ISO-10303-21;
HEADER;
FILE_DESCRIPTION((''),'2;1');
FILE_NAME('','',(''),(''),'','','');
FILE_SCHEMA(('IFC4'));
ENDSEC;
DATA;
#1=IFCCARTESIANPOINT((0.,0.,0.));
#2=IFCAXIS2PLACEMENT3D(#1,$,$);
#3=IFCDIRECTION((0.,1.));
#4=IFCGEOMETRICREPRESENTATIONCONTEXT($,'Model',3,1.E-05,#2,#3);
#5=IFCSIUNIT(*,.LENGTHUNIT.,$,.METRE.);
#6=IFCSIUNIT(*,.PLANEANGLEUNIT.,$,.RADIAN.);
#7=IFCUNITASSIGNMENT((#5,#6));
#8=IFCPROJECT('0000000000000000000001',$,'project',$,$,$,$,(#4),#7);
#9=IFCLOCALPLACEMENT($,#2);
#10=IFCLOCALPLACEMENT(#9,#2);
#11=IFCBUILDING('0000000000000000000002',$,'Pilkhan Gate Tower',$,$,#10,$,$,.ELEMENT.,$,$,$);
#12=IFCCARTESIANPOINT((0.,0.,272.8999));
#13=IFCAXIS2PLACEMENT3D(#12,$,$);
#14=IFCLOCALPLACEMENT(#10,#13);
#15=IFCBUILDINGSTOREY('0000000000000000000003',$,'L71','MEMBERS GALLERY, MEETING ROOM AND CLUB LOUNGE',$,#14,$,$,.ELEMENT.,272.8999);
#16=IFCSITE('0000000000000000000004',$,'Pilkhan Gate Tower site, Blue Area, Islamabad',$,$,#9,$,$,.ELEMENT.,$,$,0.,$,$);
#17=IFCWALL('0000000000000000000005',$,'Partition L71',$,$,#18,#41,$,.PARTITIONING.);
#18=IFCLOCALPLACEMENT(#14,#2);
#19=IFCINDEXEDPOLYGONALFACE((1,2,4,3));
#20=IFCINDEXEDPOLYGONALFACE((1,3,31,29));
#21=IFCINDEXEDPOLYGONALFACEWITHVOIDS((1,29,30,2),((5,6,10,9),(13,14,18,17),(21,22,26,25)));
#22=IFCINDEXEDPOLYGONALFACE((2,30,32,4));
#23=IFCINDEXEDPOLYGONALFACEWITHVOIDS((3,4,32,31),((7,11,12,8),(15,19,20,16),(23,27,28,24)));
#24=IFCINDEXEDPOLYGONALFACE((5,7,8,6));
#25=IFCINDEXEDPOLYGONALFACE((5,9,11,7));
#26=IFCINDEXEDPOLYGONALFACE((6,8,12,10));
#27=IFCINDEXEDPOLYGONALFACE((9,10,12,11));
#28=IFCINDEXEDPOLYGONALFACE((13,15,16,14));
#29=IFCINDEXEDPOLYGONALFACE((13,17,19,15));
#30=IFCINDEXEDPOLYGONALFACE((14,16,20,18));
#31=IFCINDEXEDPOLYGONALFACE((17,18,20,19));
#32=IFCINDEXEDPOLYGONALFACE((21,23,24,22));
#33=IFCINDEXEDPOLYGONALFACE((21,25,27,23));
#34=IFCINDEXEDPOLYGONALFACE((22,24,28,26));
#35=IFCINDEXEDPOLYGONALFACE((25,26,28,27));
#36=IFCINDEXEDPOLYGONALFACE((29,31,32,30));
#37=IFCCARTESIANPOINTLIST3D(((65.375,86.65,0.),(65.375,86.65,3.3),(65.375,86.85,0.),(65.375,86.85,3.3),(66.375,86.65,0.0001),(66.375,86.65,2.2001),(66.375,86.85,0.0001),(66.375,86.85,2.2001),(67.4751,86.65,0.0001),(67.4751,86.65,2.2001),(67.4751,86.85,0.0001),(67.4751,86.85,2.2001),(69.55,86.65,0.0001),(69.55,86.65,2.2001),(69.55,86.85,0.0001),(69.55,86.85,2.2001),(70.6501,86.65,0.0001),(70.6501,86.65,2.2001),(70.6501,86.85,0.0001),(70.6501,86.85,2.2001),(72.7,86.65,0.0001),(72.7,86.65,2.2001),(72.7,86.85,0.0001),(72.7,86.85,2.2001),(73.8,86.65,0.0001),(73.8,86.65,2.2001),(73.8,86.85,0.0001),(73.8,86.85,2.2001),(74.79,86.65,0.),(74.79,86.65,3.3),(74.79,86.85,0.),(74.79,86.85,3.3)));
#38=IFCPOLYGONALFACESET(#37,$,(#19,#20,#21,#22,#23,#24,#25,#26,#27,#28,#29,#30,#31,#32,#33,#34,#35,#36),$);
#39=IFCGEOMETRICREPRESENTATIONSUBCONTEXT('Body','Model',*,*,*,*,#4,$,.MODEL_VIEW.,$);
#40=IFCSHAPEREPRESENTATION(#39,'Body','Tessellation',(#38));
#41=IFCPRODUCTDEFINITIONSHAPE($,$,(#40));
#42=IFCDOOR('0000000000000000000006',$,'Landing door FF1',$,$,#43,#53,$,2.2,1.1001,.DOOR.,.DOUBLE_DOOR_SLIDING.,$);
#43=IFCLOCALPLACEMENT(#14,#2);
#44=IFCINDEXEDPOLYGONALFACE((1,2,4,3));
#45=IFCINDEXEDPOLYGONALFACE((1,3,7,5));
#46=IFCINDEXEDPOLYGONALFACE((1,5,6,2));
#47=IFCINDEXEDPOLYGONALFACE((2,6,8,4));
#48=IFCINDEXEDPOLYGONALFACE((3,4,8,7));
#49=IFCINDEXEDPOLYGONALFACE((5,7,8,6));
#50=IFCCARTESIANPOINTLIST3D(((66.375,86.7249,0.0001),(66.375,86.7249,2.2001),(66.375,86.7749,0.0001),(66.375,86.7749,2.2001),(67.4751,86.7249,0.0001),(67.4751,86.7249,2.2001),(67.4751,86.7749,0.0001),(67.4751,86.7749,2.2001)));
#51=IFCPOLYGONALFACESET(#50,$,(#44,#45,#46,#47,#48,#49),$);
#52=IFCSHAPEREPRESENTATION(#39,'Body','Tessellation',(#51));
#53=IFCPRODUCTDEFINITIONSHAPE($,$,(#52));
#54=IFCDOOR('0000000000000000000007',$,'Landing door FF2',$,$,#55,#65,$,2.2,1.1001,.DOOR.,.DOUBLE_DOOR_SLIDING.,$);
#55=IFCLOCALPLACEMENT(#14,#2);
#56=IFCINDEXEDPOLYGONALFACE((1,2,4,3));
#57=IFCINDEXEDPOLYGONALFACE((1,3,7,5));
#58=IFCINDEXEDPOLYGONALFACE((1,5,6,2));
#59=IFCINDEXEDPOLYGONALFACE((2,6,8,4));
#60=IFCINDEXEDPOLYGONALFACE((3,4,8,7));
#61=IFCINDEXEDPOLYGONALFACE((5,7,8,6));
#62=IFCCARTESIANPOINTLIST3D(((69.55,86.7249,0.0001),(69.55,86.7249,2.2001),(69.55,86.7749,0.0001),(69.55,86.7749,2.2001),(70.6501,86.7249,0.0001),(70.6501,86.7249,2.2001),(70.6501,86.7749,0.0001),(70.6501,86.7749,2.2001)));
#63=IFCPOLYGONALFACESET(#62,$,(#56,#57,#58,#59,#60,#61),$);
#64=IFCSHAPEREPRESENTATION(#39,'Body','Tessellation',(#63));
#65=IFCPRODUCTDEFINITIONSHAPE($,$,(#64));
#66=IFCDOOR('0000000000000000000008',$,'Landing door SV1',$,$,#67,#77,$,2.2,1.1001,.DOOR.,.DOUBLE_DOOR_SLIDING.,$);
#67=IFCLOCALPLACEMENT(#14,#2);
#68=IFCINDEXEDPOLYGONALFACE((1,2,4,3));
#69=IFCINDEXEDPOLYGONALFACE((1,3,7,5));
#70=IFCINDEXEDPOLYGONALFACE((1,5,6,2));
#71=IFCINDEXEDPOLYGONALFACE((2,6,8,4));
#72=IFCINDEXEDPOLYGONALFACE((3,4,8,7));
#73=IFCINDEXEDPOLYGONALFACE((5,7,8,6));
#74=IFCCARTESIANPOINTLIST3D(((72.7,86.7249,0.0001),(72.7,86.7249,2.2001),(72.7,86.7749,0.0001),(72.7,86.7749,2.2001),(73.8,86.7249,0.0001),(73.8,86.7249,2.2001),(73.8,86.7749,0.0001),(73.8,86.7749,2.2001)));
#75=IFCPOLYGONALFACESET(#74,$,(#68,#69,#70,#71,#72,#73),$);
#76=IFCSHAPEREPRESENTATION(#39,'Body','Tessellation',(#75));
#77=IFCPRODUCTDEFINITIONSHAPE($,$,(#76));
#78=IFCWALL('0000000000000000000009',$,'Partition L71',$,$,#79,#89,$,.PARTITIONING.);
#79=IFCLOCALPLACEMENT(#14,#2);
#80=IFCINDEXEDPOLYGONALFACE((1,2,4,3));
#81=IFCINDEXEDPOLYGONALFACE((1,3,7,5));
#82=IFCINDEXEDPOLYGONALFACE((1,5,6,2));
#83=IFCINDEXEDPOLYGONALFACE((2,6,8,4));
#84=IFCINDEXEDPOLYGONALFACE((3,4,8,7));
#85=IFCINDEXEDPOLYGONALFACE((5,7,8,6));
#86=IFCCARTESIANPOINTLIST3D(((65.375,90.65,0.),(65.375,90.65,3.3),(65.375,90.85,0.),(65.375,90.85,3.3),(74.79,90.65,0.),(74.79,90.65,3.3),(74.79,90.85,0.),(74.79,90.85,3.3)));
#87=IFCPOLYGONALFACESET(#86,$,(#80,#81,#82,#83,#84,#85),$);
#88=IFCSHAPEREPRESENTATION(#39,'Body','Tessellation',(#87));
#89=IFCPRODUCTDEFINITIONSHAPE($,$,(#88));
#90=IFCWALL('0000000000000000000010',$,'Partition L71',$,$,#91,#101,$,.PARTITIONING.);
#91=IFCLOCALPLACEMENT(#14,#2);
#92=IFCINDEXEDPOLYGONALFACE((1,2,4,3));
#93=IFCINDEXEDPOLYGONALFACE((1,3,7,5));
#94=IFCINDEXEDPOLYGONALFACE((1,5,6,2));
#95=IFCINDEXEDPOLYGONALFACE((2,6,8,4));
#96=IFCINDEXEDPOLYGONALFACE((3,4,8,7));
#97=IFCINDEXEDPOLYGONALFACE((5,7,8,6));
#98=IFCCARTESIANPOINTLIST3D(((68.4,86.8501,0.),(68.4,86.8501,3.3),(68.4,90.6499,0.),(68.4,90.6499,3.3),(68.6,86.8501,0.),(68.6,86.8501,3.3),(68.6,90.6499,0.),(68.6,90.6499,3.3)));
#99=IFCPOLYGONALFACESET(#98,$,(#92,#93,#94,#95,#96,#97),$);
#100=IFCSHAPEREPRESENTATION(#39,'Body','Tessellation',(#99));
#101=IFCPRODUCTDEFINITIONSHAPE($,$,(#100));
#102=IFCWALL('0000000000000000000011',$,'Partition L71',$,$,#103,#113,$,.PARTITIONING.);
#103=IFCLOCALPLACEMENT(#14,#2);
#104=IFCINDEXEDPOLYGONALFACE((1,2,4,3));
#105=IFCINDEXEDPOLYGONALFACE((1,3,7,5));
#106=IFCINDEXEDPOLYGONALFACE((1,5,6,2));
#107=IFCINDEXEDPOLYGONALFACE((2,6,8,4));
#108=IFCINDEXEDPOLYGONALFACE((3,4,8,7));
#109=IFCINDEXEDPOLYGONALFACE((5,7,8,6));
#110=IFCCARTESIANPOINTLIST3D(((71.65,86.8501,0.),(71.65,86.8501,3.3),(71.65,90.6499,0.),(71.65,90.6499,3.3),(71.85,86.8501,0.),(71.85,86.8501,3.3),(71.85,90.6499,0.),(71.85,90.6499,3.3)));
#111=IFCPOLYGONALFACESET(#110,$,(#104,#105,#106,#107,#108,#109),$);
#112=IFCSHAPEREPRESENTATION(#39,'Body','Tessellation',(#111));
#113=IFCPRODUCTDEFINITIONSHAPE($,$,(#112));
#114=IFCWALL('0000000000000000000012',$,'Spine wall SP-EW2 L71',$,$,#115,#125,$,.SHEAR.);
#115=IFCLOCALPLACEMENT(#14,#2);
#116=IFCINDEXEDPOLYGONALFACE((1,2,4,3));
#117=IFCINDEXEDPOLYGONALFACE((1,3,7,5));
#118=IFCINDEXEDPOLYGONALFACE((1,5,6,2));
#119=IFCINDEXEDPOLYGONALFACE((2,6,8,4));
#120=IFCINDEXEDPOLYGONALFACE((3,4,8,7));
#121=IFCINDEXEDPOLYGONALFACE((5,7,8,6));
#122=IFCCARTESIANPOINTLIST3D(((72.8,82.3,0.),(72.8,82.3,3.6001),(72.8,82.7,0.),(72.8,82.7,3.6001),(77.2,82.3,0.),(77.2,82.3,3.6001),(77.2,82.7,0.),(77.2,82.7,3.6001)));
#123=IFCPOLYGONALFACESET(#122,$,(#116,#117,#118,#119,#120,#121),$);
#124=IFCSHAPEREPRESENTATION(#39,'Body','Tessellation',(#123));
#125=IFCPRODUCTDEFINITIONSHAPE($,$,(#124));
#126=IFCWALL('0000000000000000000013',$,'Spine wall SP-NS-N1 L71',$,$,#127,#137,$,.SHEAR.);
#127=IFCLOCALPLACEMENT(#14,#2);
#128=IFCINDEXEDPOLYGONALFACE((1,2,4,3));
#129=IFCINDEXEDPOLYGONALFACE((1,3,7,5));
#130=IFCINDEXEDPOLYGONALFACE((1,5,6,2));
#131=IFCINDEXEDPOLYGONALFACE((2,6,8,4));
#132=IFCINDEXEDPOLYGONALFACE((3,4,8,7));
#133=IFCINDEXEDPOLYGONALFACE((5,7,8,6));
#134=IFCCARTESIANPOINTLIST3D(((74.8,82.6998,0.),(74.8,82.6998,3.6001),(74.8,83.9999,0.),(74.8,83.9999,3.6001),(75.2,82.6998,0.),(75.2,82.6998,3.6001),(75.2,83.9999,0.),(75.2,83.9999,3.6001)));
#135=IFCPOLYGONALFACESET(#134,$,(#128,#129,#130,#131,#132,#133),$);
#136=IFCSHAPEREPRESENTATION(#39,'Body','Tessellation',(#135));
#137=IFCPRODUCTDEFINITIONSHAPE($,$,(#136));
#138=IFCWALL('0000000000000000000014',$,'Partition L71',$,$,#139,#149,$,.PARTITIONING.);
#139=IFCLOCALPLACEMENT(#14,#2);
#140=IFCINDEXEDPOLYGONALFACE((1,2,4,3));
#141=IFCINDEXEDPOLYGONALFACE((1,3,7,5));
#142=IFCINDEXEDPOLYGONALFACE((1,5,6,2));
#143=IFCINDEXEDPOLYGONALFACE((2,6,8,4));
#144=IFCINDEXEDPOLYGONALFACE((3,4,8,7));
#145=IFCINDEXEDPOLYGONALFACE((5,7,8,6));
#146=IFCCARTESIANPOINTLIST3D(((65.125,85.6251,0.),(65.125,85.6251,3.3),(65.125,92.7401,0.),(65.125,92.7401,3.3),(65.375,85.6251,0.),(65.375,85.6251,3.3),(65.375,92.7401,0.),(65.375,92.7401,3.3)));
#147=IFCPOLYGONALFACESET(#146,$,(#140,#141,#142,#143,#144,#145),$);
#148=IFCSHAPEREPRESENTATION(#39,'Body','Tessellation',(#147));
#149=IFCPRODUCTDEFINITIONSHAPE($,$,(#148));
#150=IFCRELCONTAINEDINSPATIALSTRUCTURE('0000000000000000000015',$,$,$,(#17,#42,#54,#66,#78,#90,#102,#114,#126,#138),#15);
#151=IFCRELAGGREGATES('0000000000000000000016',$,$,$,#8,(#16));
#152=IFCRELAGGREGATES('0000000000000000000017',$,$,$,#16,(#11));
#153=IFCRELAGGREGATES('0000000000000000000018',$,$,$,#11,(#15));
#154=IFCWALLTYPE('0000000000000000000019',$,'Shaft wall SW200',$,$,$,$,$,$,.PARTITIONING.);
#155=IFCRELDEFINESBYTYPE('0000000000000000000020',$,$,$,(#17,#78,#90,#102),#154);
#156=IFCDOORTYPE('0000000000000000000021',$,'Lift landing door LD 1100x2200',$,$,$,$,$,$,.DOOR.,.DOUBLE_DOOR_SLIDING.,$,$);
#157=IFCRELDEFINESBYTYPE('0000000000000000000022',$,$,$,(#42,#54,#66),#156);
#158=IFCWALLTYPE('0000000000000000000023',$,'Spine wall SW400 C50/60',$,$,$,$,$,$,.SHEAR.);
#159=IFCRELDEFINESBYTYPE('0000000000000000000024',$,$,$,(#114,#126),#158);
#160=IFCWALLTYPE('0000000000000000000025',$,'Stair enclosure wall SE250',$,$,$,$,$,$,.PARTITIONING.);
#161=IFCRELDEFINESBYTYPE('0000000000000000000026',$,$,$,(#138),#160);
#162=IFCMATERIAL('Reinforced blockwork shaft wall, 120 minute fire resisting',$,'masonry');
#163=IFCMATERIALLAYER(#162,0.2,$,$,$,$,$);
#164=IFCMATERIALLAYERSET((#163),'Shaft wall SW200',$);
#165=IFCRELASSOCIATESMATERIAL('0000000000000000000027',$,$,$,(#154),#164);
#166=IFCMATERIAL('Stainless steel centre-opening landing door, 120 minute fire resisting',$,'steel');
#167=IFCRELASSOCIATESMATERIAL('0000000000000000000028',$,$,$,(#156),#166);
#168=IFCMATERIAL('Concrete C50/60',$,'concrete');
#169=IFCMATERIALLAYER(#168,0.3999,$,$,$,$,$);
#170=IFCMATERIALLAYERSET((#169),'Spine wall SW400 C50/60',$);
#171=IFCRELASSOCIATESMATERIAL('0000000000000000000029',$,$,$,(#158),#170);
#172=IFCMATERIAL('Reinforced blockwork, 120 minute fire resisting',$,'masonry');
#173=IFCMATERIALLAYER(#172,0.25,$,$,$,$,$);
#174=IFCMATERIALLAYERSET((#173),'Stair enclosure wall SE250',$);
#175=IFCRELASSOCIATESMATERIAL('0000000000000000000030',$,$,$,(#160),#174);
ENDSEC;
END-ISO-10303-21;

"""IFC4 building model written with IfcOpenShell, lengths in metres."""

from ifc_helpers import new_model, si_unit, direction, frame, frame_2d, origin, place, context, subcontext, project, spatial, rectangle, extrude, material, layer, layer_set, type_object, element, fill, save


model = new_model("IFC4")

# Units and contexts
model_context = context("Model", 3, precision=1e-05, world=origin(), true_north=direction((0.0, 1.0)))
body_context = subcontext(model_context, "Body", "Model", "MODEL_VIEW")
ifc_project = project(units=[si_unit("LENGTHUNIT", "METRE"), si_unit("PLANEANGLEUNIT", "RADIAN")], contexts=[model_context])

# Site, building, storey
site_placement = place(None, origin())
site = spatial("IfcSite", under=ifc_project, at=site_placement, Name="Pilkhan Gate Tower site, Blue Area, Islamabad", CompositionType="ELEMENT", RefElevation=0.0)
building_placement = place(site_placement, origin())
building = spatial("IfcBuilding", under=site, at=building_placement, Name="Pilkhan Gate Tower", CompositionType="ELEMENT")
storey_placement = place(building_placement, frame((0.0, 0.0, 272.8999)))
storey = spatial("IfcBuildingStorey", under=building, at=storey_placement, Name="L71", Description="MEMBERS GALLERY, MEETING ROOM AND CLUB LOUNGE", CompositionType="ELEMENT", Elevation=272.8999)

# Shared definitions
ifc_material_1 = material(Name="Concrete C50/60", Category="concrete")

# Wall, openings, doors
ifc_material_2 = material(Name="Reinforced blockwork shaft wall, 120 minute fire resisting", Category="masonry")
ifc_layer_1 = layer(ifc_material_2, 0.2)
ifc_layer_set_1 = layer_set([ifc_layer_1], Name="Shaft wall SW200")
wall_type_1 = type_object("IfcWallType", Name="Shaft wall SW200", PredefinedType="PARTITIONING", material=ifc_layer_set_1)
wall_1_placement = place(storey_placement, frame((65.375, 86.75, 0.0), z_axis=(0.0, 0.0, 1.0), x_axis=(1.0, 0.0, 0.0)))
wall_1 = element("IfcWall", 1, at=wall_1_placement, inside=storey, type_object=wall_type_1, Name="Partition L71", PredefinedType="PARTITIONING", context=body_context, shape_type="SweptSolid", body=[
    extrude(rectangle(XDim=9.415, YDim=0.2, at=frame_2d((4.7075, 0.0))), origin(), (0.0, 0.0, 1.0), 3.3),
])
opening_1_placement = place(wall_1_placement, frame((1.0, 0.0, 0.0)))
opening_1 = element("IfcOpeningElement", 2, at=opening_1_placement, cuts=wall_1, PredefinedType="OPENING", context=body_context, shape_type="SweptSolid", body=[
    extrude(rectangle(XDim=1.1001, YDim=2.2, at=frame_2d((0.55, 1.1001))), frame((0.0, 0.1099, 0.0), z_axis=(0.0, -1.0, 0.0), x_axis=(1.0, 0.0, 0.0)), (0.0, 0.0, 1.0), 0.22),
])
opening_2_placement = place(wall_1_placement, frame((4.175, 0.0, 0.0)))
opening_2 = element("IfcOpeningElement", 3, at=opening_2_placement, cuts=wall_1, PredefinedType="OPENING", context=body_context, shape_type="SweptSolid", body=[
    extrude(rectangle(XDim=1.1001, YDim=2.2, at=frame_2d((0.55, 1.1001))), frame((0.0, 0.1099, 0.0), z_axis=(0.0, -1.0, 0.0), x_axis=(1.0, 0.0, 0.0)), (0.0, 0.0, 1.0), 0.22),
])
opening_3_placement = place(wall_1_placement, frame((7.325, 0.0, 0.0)))
opening_3 = element("IfcOpeningElement", 4, at=opening_3_placement, cuts=wall_1, PredefinedType="OPENING", context=body_context, shape_type="SweptSolid", body=[
    extrude(rectangle(XDim=1.1001, YDim=2.2, at=frame_2d((0.55, 1.1001))), frame((0.0, 0.1099, 0.0), z_axis=(0.0, -1.0, 0.0), x_axis=(1.0, 0.0, 0.0)), (0.0, 0.0, 1.0), 0.22),
])
ifc_material_3 = material(Name="Stainless steel centre-opening landing door, 120 minute fire resisting", Category="steel")
door_type_1 = type_object("IfcDoorType", Name="Lift landing door LD 1100x2200", OperationType="DOUBLE_DOOR_SLIDING", PredefinedType="DOOR", material=ifc_material_3)
door_1_placement = place(opening_1_placement, origin())
door_1 = element("IfcDoor", 5, at=door_1_placement, inside=storey, type_object=door_type_1, Name="Landing door FF1", OperationType="DOUBLE_DOOR_SLIDING", OverallHeight=2.2, OverallWidth=1.1001, PredefinedType="DOOR", context=body_context, shape_type="SweptSolid", body=[
    extrude(rectangle(XDim=1.1001, YDim=2.2, at=frame_2d((0.55, 1.1001))), frame((0.0, 0.0249, 0.0), z_axis=(0.0, -1.0, 0.0), x_axis=(1.0, 0.0, 0.0)), (0.0, 0.0, 1.0), 0.05),
])
fill(opening_1, door_1)
door_2_placement = place(opening_2_placement, origin())
door_2 = element("IfcDoor", 6, at=door_2_placement, inside=storey, type_object=door_type_1, Name="Landing door FF2", OperationType="DOUBLE_DOOR_SLIDING", OverallHeight=2.2, OverallWidth=1.1001, PredefinedType="DOOR", context=body_context, shape_type="SweptSolid", body=[
    extrude(rectangle(XDim=1.1001, YDim=2.2, at=frame_2d((0.55, 1.1001))), frame((0.0, 0.0249, 0.0), z_axis=(0.0, -1.0, 0.0), x_axis=(1.0, 0.0, 0.0)), (0.0, 0.0, 1.0), 0.05),
])
fill(opening_2, door_2)
door_3_placement = place(opening_3_placement, origin())
door_3 = element("IfcDoor", 7, at=door_3_placement, inside=storey, type_object=door_type_1, Name="Landing door SV1", OperationType="DOUBLE_DOOR_SLIDING", OverallHeight=2.2, OverallWidth=1.1001, PredefinedType="DOOR", context=body_context, shape_type="SweptSolid", body=[
    extrude(rectangle(XDim=1.1001, YDim=2.2, at=frame_2d((0.55, 1.1001))), frame((0.0, 0.0249, 0.0), z_axis=(0.0, -1.0, 0.0), x_axis=(1.0, 0.0, 0.0)), (0.0, 0.0, 1.0), 0.05),
])
fill(opening_3, door_3)

# Walls
wall_2_placement = place(storey_placement, frame((65.375, 90.75, 0.0), z_axis=(0.0, 0.0, 1.0), x_axis=(1.0, 0.0, 0.0)))
element("IfcWall", 8, at=wall_2_placement, inside=storey, type_object=wall_type_1, Name="Partition L71", PredefinedType="PARTITIONING", context=body_context, shape_type="SweptSolid", body=[
    extrude(rectangle(XDim=9.415, YDim=0.2, at=frame_2d((4.7075, 0.0))), origin(), (0.0, 0.0, 1.0), 3.3),
])
for number, where, z_axis, x_axis, name in (
    (9, (68.5, 86.8501, 0.0), (0.0, 0.0, 1.0), (0.0, 1.0, 0.0), "Partition L71"),
    (10, (71.75, 86.8501, 0.0), (0.0, 0.0, 1.0), (0.0, 1.0, 0.0), "Partition L71"),
):
    element("IfcWall", number, at=place(storey_placement, frame(where, z_axis=z_axis, x_axis=x_axis)), inside=storey, type_object=wall_type_1, Name=name, PredefinedType="PARTITIONING", context=body_context, shape_type="SweptSolid", body=[
        extrude(rectangle(XDim=3.7998, YDim=0.2, at=frame_2d((1.8999, 0.0))), origin(), (0.0, 0.0, 1.0), 3.3),
    ])
ifc_layer_2 = layer(ifc_material_1, 0.3999)
ifc_layer_set_2 = layer_set([ifc_layer_2], Name="Spine wall SW400 C50/60")
wall_type_2 = type_object("IfcWallType", Name="Spine wall SW400 C50/60", PredefinedType="SHEAR", material=ifc_layer_set_2)
wall_3_placement = place(storey_placement, frame((72.8, 82.5, 0.0), z_axis=(0.0, 0.0, 1.0), x_axis=(1.0, 0.0, 0.0)))
element("IfcWall", 11, at=wall_3_placement, inside=storey, type_object=wall_type_2, Name="Spine wall SP-EW2 L71", PredefinedType="SHEAR", context=body_context, shape_type="SweptSolid", body=[
    extrude(rectangle(XDim=4.3999, YDim=0.3999, at=frame_2d((2.2, 0.0))), origin(), (0.0, 0.0, 1.0), 3.6001),
])
wall_4_placement = place(storey_placement, frame((75.0, 82.7, 0.0), z_axis=(0.0, 0.0, 1.0), x_axis=(0.0, 1.0, 0.0)))
element("IfcWall", 12, at=wall_4_placement, inside=storey, type_object=wall_type_2, Name="Spine wall SP-NS-N1 L71", PredefinedType="SHEAR", context=body_context, shape_type="SweptSolid", body=[
    extrude(rectangle(XDim=1.3, YDim=0.3999, at=frame_2d((0.6499, 0.0))), origin(), (0.0, 0.0, 1.0), 3.6001),
])
ifc_material_4 = material(Name="Reinforced blockwork, 120 minute fire resisting", Category="masonry")
ifc_layer_3 = layer(ifc_material_4, 0.25)
ifc_layer_set_3 = layer_set([ifc_layer_3], Name="Stair enclosure wall SE250")
wall_type_3 = type_object("IfcWallType", Name="Stair enclosure wall SE250", PredefinedType="PARTITIONING", material=ifc_layer_set_3)
wall_5_placement = place(storey_placement, frame((65.25, 85.625, 0.0), z_axis=(0.0, 0.0, 1.0), x_axis=(0.0, 1.0, 0.0)))
element("IfcWall", 13, at=wall_5_placement, inside=storey, type_object=wall_type_3, Name="Partition L71", PredefinedType="PARTITIONING", context=body_context, shape_type="SweptSolid", body=[
    extrude(rectangle(XDim=7.115, YDim=0.25, at=frame_2d((3.5576, 0.0))), origin(), (0.0, 0.0, 1.0), 3.3),
])

save(model, "model.ifc")
